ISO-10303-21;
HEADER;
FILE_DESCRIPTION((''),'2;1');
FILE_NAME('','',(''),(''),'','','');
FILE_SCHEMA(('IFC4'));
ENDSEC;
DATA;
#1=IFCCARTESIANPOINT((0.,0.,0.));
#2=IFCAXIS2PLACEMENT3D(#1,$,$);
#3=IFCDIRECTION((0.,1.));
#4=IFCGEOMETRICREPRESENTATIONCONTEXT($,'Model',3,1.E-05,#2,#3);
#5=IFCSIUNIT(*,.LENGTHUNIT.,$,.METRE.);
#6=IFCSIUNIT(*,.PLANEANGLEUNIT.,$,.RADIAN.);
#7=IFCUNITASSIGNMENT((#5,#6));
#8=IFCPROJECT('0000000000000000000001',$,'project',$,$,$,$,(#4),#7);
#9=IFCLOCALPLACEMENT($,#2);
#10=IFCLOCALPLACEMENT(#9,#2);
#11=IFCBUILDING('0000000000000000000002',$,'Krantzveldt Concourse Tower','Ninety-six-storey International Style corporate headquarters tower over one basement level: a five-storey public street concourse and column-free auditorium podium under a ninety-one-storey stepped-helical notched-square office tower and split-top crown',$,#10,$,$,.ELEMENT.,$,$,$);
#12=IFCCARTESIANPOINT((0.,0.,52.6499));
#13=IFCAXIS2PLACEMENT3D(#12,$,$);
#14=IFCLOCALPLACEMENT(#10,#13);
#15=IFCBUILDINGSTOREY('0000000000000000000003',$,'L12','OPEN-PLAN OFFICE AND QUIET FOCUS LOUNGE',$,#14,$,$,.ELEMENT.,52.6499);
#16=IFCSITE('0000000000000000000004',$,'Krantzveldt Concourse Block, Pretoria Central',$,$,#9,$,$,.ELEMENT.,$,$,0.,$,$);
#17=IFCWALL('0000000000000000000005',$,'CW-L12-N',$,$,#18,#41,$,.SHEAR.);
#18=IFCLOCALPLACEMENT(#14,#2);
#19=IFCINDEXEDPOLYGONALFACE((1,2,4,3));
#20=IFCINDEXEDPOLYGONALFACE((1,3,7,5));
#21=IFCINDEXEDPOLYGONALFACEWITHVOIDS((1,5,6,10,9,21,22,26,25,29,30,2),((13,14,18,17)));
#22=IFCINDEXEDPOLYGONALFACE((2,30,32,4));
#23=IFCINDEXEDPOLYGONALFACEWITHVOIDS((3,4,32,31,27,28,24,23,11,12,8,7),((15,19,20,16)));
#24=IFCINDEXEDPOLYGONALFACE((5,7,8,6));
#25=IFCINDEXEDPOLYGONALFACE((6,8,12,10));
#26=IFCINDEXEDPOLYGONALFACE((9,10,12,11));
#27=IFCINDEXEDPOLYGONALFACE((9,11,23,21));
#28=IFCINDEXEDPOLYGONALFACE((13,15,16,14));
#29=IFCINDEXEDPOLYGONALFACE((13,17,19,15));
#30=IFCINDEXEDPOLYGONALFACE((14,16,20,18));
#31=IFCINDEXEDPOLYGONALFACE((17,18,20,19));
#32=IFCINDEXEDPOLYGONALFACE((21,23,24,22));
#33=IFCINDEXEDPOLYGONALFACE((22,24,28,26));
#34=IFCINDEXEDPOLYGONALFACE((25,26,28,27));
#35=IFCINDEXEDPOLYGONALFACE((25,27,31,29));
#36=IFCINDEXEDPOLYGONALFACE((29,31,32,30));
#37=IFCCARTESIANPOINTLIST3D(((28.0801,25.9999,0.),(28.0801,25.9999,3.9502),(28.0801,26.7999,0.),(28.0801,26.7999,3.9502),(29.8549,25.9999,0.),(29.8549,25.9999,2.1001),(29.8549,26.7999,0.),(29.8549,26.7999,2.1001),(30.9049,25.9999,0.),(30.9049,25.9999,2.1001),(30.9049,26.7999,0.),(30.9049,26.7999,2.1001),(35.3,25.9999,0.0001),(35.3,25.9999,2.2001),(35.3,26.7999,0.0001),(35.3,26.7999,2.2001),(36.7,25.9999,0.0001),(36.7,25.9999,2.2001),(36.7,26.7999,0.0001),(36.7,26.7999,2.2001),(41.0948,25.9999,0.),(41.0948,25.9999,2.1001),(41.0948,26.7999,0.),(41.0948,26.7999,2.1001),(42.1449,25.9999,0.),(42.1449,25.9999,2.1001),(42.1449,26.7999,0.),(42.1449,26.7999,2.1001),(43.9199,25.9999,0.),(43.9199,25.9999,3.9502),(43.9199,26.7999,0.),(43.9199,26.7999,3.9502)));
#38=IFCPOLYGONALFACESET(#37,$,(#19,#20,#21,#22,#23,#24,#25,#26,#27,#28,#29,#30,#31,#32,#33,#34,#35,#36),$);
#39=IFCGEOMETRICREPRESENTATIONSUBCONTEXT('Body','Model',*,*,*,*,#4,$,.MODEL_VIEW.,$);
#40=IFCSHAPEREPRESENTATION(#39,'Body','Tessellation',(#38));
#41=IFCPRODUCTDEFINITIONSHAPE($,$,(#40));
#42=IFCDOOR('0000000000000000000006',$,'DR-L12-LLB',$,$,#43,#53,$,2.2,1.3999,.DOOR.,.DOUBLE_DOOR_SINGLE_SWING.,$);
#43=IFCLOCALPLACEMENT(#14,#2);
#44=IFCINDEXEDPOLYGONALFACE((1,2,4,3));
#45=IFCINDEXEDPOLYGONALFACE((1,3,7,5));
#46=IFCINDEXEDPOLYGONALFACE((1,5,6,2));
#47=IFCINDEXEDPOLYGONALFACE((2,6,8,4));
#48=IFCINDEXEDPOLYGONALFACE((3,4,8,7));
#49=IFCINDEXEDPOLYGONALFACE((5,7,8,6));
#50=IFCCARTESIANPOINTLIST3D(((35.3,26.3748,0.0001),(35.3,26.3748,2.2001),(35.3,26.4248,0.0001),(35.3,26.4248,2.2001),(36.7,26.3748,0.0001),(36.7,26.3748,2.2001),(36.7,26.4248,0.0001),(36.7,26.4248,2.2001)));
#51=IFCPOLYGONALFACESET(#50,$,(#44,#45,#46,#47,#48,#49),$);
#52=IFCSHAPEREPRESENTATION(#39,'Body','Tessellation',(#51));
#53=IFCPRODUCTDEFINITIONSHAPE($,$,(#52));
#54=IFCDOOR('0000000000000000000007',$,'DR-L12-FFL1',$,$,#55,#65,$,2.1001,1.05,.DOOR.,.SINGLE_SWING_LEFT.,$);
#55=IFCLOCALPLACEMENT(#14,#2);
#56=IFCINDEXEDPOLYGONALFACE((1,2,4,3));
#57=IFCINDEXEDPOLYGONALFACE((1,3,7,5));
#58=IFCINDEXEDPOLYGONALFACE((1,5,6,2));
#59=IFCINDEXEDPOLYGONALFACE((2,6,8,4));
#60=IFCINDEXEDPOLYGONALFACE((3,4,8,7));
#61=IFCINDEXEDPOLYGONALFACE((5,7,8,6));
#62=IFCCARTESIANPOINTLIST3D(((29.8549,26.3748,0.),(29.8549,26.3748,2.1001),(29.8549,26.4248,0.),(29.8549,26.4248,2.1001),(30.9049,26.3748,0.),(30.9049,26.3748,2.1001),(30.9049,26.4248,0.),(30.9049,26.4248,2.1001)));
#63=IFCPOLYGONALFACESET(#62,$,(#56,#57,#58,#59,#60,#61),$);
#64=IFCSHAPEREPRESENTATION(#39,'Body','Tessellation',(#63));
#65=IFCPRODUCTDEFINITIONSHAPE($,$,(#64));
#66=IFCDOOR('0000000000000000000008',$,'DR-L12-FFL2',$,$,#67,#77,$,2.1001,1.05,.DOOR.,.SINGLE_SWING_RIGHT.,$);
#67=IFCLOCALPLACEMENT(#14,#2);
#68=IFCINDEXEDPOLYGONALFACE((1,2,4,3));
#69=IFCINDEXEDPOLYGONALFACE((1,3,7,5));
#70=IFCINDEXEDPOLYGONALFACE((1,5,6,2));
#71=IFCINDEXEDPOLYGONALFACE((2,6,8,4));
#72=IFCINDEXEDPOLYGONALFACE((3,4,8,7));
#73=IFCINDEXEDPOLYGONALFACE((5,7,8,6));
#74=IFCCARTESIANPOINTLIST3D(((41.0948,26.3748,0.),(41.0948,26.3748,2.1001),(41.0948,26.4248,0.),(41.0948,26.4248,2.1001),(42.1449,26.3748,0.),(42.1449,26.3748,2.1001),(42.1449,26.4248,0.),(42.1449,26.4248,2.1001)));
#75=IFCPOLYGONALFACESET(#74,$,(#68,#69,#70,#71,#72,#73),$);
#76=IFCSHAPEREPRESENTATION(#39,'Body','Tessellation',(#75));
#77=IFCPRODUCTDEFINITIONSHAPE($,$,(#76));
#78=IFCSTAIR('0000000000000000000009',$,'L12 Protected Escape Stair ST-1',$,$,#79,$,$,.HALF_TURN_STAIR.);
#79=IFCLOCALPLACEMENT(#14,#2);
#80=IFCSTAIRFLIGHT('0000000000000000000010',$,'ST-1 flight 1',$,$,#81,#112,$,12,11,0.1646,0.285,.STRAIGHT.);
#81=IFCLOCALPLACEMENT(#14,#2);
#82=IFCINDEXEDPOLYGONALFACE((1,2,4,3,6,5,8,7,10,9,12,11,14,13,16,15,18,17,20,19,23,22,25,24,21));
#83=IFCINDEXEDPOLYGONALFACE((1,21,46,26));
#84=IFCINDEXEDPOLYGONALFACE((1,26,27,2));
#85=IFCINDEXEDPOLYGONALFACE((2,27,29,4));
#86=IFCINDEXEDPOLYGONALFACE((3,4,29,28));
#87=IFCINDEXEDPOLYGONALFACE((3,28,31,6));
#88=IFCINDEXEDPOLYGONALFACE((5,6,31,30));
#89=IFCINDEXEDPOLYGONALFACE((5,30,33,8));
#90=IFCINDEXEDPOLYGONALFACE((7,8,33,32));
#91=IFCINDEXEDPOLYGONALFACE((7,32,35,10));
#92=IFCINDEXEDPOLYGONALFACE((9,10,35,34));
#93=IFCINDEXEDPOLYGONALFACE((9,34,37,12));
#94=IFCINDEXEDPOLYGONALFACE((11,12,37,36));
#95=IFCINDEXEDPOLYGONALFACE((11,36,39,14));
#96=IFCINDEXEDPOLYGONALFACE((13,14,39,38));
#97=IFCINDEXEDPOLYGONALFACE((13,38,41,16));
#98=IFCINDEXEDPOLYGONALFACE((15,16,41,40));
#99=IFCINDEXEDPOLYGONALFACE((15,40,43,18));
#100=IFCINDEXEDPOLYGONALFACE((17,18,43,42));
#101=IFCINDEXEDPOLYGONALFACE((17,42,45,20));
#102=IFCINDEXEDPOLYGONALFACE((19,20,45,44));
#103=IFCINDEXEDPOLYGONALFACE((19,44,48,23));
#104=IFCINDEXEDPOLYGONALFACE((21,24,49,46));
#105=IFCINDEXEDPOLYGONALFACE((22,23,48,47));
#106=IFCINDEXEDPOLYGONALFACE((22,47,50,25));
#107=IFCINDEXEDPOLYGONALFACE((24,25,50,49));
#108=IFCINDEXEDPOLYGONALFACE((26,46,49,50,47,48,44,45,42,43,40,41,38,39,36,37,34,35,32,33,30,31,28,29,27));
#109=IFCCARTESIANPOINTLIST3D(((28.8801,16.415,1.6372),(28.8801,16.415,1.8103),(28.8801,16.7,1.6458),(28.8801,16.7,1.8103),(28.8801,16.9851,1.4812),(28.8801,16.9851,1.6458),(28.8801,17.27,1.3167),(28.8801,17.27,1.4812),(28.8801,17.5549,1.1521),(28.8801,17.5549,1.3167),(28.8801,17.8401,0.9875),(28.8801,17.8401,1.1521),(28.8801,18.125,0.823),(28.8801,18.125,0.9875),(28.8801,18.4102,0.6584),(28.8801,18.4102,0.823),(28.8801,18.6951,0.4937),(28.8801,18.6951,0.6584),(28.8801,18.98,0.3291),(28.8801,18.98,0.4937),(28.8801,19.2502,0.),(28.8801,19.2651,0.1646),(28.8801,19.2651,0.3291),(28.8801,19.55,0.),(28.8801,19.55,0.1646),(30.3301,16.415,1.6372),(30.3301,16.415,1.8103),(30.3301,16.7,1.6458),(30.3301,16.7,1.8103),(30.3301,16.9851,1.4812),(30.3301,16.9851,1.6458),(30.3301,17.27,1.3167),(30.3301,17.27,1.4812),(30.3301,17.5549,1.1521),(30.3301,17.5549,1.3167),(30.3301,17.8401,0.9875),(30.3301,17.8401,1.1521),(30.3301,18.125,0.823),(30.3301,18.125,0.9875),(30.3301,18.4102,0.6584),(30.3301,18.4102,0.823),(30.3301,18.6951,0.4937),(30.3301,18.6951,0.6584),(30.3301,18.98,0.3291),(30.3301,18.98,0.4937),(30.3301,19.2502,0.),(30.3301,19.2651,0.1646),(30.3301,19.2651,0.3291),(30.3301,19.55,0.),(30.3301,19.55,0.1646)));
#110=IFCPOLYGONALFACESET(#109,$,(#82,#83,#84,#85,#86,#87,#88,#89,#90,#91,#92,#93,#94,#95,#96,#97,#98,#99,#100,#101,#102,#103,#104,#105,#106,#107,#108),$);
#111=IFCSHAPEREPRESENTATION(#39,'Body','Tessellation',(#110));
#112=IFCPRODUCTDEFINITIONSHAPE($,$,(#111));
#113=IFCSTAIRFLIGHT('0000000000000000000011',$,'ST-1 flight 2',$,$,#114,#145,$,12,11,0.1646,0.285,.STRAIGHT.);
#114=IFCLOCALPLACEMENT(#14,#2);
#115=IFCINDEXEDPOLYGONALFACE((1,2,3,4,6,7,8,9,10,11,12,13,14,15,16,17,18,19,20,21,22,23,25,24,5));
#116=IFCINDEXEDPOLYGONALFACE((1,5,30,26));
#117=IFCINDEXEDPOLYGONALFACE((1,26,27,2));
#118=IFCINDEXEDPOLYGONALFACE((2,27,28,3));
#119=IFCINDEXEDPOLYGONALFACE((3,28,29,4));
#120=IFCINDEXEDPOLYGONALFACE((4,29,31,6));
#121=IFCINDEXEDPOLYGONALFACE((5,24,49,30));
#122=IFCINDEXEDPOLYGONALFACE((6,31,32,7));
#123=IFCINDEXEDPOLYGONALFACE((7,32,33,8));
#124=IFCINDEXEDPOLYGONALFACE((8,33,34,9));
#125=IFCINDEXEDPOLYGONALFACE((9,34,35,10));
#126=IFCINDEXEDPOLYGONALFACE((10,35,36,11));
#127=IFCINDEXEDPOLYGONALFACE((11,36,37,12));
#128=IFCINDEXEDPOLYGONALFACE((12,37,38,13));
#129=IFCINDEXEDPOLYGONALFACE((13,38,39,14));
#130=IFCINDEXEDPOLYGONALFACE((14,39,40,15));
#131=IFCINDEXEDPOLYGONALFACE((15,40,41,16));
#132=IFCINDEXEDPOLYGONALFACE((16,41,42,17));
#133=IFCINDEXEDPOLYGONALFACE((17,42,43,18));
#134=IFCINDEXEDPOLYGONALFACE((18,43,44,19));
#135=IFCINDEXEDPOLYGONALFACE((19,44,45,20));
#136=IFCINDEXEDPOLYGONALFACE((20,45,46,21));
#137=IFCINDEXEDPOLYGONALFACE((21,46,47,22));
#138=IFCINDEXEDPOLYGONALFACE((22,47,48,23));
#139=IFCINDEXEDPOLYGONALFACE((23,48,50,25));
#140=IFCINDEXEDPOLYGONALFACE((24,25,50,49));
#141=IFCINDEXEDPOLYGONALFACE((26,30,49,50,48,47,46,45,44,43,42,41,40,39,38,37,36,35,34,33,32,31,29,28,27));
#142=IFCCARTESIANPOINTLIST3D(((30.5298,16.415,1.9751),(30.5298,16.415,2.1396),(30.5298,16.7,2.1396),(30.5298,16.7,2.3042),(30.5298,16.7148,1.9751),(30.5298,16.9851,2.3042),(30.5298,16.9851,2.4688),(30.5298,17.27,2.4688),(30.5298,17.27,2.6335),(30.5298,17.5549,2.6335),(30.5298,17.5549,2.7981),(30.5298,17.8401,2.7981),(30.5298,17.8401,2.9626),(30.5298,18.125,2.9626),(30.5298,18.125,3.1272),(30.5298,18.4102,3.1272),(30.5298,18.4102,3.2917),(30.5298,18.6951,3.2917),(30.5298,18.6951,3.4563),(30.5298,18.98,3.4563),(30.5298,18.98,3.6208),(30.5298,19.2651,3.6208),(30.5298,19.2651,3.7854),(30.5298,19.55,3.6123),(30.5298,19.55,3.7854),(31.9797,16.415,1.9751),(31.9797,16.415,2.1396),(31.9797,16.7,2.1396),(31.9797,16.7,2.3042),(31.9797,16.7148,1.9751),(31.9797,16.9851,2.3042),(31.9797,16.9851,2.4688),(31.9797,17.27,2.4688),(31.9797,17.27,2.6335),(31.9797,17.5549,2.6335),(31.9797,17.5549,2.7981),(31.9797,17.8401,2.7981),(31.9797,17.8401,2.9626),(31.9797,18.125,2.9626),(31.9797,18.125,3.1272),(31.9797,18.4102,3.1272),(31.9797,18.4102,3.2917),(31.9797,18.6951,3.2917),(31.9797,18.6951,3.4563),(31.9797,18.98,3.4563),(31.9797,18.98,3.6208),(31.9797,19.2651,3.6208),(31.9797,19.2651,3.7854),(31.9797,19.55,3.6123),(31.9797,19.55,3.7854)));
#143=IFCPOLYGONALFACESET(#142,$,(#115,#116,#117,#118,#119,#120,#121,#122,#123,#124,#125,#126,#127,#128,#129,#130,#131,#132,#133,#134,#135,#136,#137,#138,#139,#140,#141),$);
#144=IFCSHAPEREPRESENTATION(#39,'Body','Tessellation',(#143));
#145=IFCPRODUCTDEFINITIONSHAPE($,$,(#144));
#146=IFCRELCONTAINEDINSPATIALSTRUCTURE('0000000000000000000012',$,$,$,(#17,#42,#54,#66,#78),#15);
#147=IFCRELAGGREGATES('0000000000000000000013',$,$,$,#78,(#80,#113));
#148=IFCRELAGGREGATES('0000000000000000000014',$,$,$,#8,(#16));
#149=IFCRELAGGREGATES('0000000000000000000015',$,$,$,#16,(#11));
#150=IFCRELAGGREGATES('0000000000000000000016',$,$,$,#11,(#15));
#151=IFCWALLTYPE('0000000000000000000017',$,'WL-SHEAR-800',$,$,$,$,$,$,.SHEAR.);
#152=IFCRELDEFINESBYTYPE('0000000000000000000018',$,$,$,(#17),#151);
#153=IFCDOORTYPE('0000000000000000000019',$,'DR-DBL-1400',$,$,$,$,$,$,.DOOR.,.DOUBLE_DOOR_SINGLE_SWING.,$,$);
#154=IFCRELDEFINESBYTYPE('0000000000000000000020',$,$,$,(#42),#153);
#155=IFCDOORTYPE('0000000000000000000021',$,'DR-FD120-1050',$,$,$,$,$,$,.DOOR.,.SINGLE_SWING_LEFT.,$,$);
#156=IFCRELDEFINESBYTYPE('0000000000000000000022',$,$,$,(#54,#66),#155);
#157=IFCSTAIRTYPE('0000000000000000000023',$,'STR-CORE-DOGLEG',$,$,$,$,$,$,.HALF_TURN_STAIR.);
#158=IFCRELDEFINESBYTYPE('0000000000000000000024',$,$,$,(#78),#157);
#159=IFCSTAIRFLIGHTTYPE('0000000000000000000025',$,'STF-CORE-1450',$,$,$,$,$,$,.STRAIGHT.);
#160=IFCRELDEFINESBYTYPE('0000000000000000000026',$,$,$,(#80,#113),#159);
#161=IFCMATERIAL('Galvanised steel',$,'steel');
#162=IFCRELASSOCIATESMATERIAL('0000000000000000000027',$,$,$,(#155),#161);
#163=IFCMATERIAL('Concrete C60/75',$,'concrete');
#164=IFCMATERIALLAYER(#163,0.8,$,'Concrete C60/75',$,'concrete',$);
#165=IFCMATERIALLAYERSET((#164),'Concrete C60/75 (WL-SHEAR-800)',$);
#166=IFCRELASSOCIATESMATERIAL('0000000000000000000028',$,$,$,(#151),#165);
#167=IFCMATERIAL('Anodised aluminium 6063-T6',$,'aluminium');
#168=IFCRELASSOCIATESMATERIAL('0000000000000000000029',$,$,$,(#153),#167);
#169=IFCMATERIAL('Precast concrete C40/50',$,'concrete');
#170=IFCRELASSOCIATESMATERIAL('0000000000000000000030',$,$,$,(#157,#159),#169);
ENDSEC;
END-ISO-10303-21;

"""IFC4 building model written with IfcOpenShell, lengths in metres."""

from ifc_helpers import new_model, si_unit, direction, frame, frame_2d, origin, place, context, subcontext, project, spatial, polyline, rectangle, outline, extrude, material, layer, layer_set, type_object, element, fill, aggregate, save


model = new_model("IFC4")

# Units and contexts
model_context = context("Model", 3, precision=1e-05, world=origin(), true_north=direction((0.0, 1.0)))
body_context = subcontext(model_context, "Body", "Model", "MODEL_VIEW")
ifc_project = project(units=[si_unit("LENGTHUNIT", "METRE"), si_unit("PLANEANGLEUNIT", "RADIAN")], contexts=[model_context])

# Site, building, storey
site_placement = place(None, origin())
site = spatial("IfcSite", under=ifc_project, at=site_placement, Name="Krantzveldt Concourse Block, Pretoria Central", CompositionType="ELEMENT", RefElevation=0.0)
building_placement = place(site_placement, origin())
building = spatial("IfcBuilding", under=site, at=building_placement, Name="Krantzveldt Concourse Tower", Description="Ninety-six-storey International Style corporate headquarters tower over one basement level: a five-storey public street concourse and column-free auditorium podium under a ninety-one-storey stepped-helical notched-square office tower and split-top crown", CompositionType="ELEMENT")
storey_placement = place(building_placement, frame((0.0, 0.0, 52.6499)))
storey = spatial("IfcBuildingStorey", under=building, at=storey_placement, Name="L12", Description="OPEN-PLAN OFFICE AND QUIET FOCUS LOUNGE", CompositionType="ELEMENT", Elevation=52.6499)

# Shared definitions
ifc_material_1 = material(Name="Galvanised steel", Category="steel")
door_type_1 = type_object("IfcDoorType", Name="DR-FD120-1050", OperationType="SINGLE_SWING_LEFT", PredefinedType="DOOR", material=ifc_material_1)

# Wall, openings, doors
ifc_material_2 = material(Name="Concrete C60/75", Category="concrete")
ifc_layer_1 = layer(ifc_material_2, 0.8, Name="Concrete C60/75", Category="concrete")
ifc_layer_set_1 = layer_set([ifc_layer_1], Name="Concrete C60/75 (WL-SHEAR-800)")
wall_type_1 = type_object("IfcWallType", Name="WL-SHEAR-800", PredefinedType="SHEAR", material=ifc_layer_set_1)
wall_1_placement = place(storey_placement, frame((28.0801, 26.3999, 0.0), z_axis=(0.0, 0.0, 1.0), x_axis=(1.0, 0.0, 0.0)))
wall_1 = element("IfcWall", 1, at=wall_1_placement, inside=storey, type_object=wall_type_1, Name="CW-L12-N", PredefinedType="SHEAR", context=body_context, shape_type="SweptSolid", body=[
    extrude(rectangle(XDim=15.8398, YDim=0.8, at=frame_2d((7.9199, 0.0))), origin(), (0.0, 0.0, 1.0), 3.9502),
])
opening_1_placement = place(wall_1_placement, frame((7.22, 0.0, 0.0)))
opening_1 = element("IfcOpeningElement", 2, at=opening_1_placement, cuts=wall_1, PredefinedType="OPENING", context=body_context, shape_type="SweptSolid", body=[
    extrude(rectangle(XDim=1.3999, YDim=2.2, at=frame_2d((0.7, 1.1001))), frame((0.0, 0.4102, 0.0), z_axis=(0.0, -1.0, 0.0), x_axis=(1.0, 0.0, 0.0)), (0.0, 0.0, 1.0), 0.8201),
])
opening_2_placement = place(wall_1_placement, frame((1.7749, 0.0, 0.0)))
opening_2 = element("IfcOpeningElement", 3, at=opening_2_placement, cuts=wall_1, PredefinedType="OPENING", context=body_context, shape_type="SweptSolid", body=[
    extrude(rectangle(XDim=1.05, YDim=2.1001, at=frame_2d((0.5249, 1.05))), frame((0.0, 0.4102, 0.0), z_axis=(0.0, -1.0, 0.0), x_axis=(1.0, 0.0, 0.0)), (0.0, 0.0, 1.0), 0.8201),
])
opening_3_placement = place(wall_1_placement, frame((13.0149, 0.0, 0.0)))
opening_3 = element("IfcOpeningElement", 4, at=opening_3_placement, cuts=wall_1, PredefinedType="OPENING", context=body_context, shape_type="SweptSolid", body=[
    extrude(rectangle(XDim=1.05, YDim=2.1001, at=frame_2d((0.5249, 1.05))), frame((0.0, 0.4102, 0.0), z_axis=(0.0, -1.0, 0.0), x_axis=(1.0, 0.0, 0.0)), (0.0, 0.0, 1.0), 0.8201),
])
ifc_material_3 = material(Name="Anodised aluminium 6063-T6", Category="aluminium")
door_type_2 = type_object("IfcDoorType", Name="DR-DBL-1400", OperationType="DOUBLE_DOOR_SINGLE_SWING", PredefinedType="DOOR", material=ifc_material_3)
door_1_placement = place(opening_1_placement, origin())
door_1 = element("IfcDoor", 5, at=door_1_placement, inside=storey, type_object=door_type_2, Name="DR-L12-LLB", OperationType="DOUBLE_DOOR_SINGLE_SWING", OverallHeight=2.2, OverallWidth=1.3999, PredefinedType="DOOR", context=body_context, shape_type="SweptSolid", body=[
    extrude(rectangle(XDim=1.3999, YDim=2.2, at=frame_2d((0.7, 1.1001))), frame((0.0, 0.0249, 0.0), z_axis=(0.0, -1.0, 0.0), x_axis=(1.0, 0.0, 0.0)), (0.0, 0.0, 1.0), 0.05),
])
fill(opening_1, door_1)
door_2_placement = place(opening_2_placement, origin())
door_2 = element("IfcDoor", 6, at=door_2_placement, inside=storey, type_object=door_type_1, Name="DR-L12-FFL1", OperationType="SINGLE_SWING_LEFT", OverallHeight=2.1001, OverallWidth=1.05, PredefinedType="DOOR", context=body_context, shape_type="SweptSolid", body=[
    extrude(rectangle(XDim=1.05, YDim=2.1001, at=frame_2d((0.5249, 1.05))), frame((0.0, 0.0249, 0.0), z_axis=(0.0, -1.0, 0.0), x_axis=(1.0, 0.0, 0.0)), (0.0, 0.0, 1.0), 0.05),
])
fill(opening_2, door_2)
door_3_placement = place(opening_3_placement, origin())
door_3 = element("IfcDoor", 7, at=door_3_placement, inside=storey, type_object=door_type_1, Name="DR-L12-FFL2", OperationType="SINGLE_SWING_RIGHT", OverallHeight=2.1001, OverallWidth=1.05, PredefinedType="DOOR", context=body_context, shape_type="SweptSolid", body=[
    extrude(rectangle(XDim=1.05, YDim=2.1001, at=frame_2d((0.5249, 1.05))), frame((0.0, 0.0249, 0.0), z_axis=(0.0, -1.0, 0.0), x_axis=(1.0, 0.0, 0.0)), (0.0, 0.0, 1.0), 0.05),
])
fill(opening_3, door_3)

# Stair, stair flights
ifc_material_4 = material(Name="Precast concrete C40/50", Category="concrete")
stair_type = type_object("IfcStairType", Name="STR-CORE-DOGLEG", PredefinedType="HALF_TURN_STAIR", material=ifc_material_4)
stair_placement = place(storey_placement, origin())
stair = element("IfcStair", 8, at=stair_placement, inside=storey, type_object=stair_type, Name="L12 Protected Escape Stair ST-1", PredefinedType="HALF_TURN_STAIR")
stair_flight_type = type_object("IfcStairFlightType", Name="STF-CORE-1450", PredefinedType="STRAIGHT", material=ifc_material_4)
stair_flight_1_placement = place(storey_placement, frame((29.605, 19.55, 0.0), z_axis=(0.0, 0.0, 1.0), x_axis=(0.0, -1.0, 0.0)))
stair_flight_1 = element("IfcStairFlight", 9, at=stair_flight_1_placement, type_object=stair_flight_type, Name="ST-1 flight 1", NumberOfRisers=12, NumberOfTreads=11, PredefinedType="STRAIGHT", RiserHeight=0.1646, TreadLength=0.285, context=body_context, shape_type="SweptSolid", body=[
    extrude(outline(polyline([(0.0, 0.0), (0.0, 0.1646), (0.2849, 0.1646), (0.2849, 0.3291), (0.5701, 0.3291), (0.5701, 0.4937), (0.855, 0.4937), (0.855, 0.6584), (1.1399, 0.6584), (1.1399, 0.823), (1.425, 0.823), (1.425, 0.9875), (1.71, 0.9875), (1.71, 1.1521), (1.9951, 1.1521), (1.9951, 1.3167), (2.28, 1.3167), (2.28, 1.4812), (2.5649, 1.4812), (2.5649, 1.6458), (2.8501, 1.6458), (2.8501, 1.8103), (3.135, 1.8103), (3.135, 1.9751), (3.135, 1.6372), (0.2998, 0.0), (0.0, 0.0)])), frame((0.0, 0.7251, 0.0), z_axis=(0.0, -1.0, 0.0), x_axis=(1.0, 0.0, 0.0)), (0.0, 0.0, 1.0), 1.45),
])
stair_flight_2_placement = place(storey_placement, frame((31.2549, 16.415, 1.9751), z_axis=(0.0, 0.0, 1.0), x_axis=(0.0, 1.0, 0.0)))
stair_flight_2 = element("IfcStairFlight", 10, at=stair_flight_2_placement, type_object=stair_flight_type, Name="ST-1 flight 2", NumberOfRisers=12, NumberOfTreads=11, PredefinedType="STRAIGHT", RiserHeight=0.1646, TreadLength=0.285, context=body_context, shape_type="SweptSolid", body=[
    extrude(outline(polyline([(0.0, 0.0), (0.0, 0.1646), (0.2849, 0.1646), (0.2849, 0.3291), (0.5701, 0.3291), (0.5701, 0.4937), (0.855, 0.4937), (0.855, 0.6584), (1.1399, 0.6584), (1.1399, 0.823), (1.425, 0.823), (1.425, 0.9875), (1.71, 0.9875), (1.71, 1.1521), (1.9951, 1.1521), (1.9951, 1.3167), (2.28, 1.3167), (2.28, 1.4812), (2.5649, 1.4812), (2.5649, 1.6458), (2.8501, 1.6458), (2.8501, 1.8103), (3.135, 1.8103), (3.135, 1.9751), (3.135, 1.6372), (0.2998, 0.0), (0.0, 0.0)])), frame((0.0, 0.7251, 0.0), z_axis=(0.0, -1.0, 0.0), x_axis=(1.0, 0.0, 0.0)), (0.0, 0.0, 1.0), 1.45),
])
aggregate(stair, [stair_flight_1, stair_flight_2])

save(model, "model.ifc")
